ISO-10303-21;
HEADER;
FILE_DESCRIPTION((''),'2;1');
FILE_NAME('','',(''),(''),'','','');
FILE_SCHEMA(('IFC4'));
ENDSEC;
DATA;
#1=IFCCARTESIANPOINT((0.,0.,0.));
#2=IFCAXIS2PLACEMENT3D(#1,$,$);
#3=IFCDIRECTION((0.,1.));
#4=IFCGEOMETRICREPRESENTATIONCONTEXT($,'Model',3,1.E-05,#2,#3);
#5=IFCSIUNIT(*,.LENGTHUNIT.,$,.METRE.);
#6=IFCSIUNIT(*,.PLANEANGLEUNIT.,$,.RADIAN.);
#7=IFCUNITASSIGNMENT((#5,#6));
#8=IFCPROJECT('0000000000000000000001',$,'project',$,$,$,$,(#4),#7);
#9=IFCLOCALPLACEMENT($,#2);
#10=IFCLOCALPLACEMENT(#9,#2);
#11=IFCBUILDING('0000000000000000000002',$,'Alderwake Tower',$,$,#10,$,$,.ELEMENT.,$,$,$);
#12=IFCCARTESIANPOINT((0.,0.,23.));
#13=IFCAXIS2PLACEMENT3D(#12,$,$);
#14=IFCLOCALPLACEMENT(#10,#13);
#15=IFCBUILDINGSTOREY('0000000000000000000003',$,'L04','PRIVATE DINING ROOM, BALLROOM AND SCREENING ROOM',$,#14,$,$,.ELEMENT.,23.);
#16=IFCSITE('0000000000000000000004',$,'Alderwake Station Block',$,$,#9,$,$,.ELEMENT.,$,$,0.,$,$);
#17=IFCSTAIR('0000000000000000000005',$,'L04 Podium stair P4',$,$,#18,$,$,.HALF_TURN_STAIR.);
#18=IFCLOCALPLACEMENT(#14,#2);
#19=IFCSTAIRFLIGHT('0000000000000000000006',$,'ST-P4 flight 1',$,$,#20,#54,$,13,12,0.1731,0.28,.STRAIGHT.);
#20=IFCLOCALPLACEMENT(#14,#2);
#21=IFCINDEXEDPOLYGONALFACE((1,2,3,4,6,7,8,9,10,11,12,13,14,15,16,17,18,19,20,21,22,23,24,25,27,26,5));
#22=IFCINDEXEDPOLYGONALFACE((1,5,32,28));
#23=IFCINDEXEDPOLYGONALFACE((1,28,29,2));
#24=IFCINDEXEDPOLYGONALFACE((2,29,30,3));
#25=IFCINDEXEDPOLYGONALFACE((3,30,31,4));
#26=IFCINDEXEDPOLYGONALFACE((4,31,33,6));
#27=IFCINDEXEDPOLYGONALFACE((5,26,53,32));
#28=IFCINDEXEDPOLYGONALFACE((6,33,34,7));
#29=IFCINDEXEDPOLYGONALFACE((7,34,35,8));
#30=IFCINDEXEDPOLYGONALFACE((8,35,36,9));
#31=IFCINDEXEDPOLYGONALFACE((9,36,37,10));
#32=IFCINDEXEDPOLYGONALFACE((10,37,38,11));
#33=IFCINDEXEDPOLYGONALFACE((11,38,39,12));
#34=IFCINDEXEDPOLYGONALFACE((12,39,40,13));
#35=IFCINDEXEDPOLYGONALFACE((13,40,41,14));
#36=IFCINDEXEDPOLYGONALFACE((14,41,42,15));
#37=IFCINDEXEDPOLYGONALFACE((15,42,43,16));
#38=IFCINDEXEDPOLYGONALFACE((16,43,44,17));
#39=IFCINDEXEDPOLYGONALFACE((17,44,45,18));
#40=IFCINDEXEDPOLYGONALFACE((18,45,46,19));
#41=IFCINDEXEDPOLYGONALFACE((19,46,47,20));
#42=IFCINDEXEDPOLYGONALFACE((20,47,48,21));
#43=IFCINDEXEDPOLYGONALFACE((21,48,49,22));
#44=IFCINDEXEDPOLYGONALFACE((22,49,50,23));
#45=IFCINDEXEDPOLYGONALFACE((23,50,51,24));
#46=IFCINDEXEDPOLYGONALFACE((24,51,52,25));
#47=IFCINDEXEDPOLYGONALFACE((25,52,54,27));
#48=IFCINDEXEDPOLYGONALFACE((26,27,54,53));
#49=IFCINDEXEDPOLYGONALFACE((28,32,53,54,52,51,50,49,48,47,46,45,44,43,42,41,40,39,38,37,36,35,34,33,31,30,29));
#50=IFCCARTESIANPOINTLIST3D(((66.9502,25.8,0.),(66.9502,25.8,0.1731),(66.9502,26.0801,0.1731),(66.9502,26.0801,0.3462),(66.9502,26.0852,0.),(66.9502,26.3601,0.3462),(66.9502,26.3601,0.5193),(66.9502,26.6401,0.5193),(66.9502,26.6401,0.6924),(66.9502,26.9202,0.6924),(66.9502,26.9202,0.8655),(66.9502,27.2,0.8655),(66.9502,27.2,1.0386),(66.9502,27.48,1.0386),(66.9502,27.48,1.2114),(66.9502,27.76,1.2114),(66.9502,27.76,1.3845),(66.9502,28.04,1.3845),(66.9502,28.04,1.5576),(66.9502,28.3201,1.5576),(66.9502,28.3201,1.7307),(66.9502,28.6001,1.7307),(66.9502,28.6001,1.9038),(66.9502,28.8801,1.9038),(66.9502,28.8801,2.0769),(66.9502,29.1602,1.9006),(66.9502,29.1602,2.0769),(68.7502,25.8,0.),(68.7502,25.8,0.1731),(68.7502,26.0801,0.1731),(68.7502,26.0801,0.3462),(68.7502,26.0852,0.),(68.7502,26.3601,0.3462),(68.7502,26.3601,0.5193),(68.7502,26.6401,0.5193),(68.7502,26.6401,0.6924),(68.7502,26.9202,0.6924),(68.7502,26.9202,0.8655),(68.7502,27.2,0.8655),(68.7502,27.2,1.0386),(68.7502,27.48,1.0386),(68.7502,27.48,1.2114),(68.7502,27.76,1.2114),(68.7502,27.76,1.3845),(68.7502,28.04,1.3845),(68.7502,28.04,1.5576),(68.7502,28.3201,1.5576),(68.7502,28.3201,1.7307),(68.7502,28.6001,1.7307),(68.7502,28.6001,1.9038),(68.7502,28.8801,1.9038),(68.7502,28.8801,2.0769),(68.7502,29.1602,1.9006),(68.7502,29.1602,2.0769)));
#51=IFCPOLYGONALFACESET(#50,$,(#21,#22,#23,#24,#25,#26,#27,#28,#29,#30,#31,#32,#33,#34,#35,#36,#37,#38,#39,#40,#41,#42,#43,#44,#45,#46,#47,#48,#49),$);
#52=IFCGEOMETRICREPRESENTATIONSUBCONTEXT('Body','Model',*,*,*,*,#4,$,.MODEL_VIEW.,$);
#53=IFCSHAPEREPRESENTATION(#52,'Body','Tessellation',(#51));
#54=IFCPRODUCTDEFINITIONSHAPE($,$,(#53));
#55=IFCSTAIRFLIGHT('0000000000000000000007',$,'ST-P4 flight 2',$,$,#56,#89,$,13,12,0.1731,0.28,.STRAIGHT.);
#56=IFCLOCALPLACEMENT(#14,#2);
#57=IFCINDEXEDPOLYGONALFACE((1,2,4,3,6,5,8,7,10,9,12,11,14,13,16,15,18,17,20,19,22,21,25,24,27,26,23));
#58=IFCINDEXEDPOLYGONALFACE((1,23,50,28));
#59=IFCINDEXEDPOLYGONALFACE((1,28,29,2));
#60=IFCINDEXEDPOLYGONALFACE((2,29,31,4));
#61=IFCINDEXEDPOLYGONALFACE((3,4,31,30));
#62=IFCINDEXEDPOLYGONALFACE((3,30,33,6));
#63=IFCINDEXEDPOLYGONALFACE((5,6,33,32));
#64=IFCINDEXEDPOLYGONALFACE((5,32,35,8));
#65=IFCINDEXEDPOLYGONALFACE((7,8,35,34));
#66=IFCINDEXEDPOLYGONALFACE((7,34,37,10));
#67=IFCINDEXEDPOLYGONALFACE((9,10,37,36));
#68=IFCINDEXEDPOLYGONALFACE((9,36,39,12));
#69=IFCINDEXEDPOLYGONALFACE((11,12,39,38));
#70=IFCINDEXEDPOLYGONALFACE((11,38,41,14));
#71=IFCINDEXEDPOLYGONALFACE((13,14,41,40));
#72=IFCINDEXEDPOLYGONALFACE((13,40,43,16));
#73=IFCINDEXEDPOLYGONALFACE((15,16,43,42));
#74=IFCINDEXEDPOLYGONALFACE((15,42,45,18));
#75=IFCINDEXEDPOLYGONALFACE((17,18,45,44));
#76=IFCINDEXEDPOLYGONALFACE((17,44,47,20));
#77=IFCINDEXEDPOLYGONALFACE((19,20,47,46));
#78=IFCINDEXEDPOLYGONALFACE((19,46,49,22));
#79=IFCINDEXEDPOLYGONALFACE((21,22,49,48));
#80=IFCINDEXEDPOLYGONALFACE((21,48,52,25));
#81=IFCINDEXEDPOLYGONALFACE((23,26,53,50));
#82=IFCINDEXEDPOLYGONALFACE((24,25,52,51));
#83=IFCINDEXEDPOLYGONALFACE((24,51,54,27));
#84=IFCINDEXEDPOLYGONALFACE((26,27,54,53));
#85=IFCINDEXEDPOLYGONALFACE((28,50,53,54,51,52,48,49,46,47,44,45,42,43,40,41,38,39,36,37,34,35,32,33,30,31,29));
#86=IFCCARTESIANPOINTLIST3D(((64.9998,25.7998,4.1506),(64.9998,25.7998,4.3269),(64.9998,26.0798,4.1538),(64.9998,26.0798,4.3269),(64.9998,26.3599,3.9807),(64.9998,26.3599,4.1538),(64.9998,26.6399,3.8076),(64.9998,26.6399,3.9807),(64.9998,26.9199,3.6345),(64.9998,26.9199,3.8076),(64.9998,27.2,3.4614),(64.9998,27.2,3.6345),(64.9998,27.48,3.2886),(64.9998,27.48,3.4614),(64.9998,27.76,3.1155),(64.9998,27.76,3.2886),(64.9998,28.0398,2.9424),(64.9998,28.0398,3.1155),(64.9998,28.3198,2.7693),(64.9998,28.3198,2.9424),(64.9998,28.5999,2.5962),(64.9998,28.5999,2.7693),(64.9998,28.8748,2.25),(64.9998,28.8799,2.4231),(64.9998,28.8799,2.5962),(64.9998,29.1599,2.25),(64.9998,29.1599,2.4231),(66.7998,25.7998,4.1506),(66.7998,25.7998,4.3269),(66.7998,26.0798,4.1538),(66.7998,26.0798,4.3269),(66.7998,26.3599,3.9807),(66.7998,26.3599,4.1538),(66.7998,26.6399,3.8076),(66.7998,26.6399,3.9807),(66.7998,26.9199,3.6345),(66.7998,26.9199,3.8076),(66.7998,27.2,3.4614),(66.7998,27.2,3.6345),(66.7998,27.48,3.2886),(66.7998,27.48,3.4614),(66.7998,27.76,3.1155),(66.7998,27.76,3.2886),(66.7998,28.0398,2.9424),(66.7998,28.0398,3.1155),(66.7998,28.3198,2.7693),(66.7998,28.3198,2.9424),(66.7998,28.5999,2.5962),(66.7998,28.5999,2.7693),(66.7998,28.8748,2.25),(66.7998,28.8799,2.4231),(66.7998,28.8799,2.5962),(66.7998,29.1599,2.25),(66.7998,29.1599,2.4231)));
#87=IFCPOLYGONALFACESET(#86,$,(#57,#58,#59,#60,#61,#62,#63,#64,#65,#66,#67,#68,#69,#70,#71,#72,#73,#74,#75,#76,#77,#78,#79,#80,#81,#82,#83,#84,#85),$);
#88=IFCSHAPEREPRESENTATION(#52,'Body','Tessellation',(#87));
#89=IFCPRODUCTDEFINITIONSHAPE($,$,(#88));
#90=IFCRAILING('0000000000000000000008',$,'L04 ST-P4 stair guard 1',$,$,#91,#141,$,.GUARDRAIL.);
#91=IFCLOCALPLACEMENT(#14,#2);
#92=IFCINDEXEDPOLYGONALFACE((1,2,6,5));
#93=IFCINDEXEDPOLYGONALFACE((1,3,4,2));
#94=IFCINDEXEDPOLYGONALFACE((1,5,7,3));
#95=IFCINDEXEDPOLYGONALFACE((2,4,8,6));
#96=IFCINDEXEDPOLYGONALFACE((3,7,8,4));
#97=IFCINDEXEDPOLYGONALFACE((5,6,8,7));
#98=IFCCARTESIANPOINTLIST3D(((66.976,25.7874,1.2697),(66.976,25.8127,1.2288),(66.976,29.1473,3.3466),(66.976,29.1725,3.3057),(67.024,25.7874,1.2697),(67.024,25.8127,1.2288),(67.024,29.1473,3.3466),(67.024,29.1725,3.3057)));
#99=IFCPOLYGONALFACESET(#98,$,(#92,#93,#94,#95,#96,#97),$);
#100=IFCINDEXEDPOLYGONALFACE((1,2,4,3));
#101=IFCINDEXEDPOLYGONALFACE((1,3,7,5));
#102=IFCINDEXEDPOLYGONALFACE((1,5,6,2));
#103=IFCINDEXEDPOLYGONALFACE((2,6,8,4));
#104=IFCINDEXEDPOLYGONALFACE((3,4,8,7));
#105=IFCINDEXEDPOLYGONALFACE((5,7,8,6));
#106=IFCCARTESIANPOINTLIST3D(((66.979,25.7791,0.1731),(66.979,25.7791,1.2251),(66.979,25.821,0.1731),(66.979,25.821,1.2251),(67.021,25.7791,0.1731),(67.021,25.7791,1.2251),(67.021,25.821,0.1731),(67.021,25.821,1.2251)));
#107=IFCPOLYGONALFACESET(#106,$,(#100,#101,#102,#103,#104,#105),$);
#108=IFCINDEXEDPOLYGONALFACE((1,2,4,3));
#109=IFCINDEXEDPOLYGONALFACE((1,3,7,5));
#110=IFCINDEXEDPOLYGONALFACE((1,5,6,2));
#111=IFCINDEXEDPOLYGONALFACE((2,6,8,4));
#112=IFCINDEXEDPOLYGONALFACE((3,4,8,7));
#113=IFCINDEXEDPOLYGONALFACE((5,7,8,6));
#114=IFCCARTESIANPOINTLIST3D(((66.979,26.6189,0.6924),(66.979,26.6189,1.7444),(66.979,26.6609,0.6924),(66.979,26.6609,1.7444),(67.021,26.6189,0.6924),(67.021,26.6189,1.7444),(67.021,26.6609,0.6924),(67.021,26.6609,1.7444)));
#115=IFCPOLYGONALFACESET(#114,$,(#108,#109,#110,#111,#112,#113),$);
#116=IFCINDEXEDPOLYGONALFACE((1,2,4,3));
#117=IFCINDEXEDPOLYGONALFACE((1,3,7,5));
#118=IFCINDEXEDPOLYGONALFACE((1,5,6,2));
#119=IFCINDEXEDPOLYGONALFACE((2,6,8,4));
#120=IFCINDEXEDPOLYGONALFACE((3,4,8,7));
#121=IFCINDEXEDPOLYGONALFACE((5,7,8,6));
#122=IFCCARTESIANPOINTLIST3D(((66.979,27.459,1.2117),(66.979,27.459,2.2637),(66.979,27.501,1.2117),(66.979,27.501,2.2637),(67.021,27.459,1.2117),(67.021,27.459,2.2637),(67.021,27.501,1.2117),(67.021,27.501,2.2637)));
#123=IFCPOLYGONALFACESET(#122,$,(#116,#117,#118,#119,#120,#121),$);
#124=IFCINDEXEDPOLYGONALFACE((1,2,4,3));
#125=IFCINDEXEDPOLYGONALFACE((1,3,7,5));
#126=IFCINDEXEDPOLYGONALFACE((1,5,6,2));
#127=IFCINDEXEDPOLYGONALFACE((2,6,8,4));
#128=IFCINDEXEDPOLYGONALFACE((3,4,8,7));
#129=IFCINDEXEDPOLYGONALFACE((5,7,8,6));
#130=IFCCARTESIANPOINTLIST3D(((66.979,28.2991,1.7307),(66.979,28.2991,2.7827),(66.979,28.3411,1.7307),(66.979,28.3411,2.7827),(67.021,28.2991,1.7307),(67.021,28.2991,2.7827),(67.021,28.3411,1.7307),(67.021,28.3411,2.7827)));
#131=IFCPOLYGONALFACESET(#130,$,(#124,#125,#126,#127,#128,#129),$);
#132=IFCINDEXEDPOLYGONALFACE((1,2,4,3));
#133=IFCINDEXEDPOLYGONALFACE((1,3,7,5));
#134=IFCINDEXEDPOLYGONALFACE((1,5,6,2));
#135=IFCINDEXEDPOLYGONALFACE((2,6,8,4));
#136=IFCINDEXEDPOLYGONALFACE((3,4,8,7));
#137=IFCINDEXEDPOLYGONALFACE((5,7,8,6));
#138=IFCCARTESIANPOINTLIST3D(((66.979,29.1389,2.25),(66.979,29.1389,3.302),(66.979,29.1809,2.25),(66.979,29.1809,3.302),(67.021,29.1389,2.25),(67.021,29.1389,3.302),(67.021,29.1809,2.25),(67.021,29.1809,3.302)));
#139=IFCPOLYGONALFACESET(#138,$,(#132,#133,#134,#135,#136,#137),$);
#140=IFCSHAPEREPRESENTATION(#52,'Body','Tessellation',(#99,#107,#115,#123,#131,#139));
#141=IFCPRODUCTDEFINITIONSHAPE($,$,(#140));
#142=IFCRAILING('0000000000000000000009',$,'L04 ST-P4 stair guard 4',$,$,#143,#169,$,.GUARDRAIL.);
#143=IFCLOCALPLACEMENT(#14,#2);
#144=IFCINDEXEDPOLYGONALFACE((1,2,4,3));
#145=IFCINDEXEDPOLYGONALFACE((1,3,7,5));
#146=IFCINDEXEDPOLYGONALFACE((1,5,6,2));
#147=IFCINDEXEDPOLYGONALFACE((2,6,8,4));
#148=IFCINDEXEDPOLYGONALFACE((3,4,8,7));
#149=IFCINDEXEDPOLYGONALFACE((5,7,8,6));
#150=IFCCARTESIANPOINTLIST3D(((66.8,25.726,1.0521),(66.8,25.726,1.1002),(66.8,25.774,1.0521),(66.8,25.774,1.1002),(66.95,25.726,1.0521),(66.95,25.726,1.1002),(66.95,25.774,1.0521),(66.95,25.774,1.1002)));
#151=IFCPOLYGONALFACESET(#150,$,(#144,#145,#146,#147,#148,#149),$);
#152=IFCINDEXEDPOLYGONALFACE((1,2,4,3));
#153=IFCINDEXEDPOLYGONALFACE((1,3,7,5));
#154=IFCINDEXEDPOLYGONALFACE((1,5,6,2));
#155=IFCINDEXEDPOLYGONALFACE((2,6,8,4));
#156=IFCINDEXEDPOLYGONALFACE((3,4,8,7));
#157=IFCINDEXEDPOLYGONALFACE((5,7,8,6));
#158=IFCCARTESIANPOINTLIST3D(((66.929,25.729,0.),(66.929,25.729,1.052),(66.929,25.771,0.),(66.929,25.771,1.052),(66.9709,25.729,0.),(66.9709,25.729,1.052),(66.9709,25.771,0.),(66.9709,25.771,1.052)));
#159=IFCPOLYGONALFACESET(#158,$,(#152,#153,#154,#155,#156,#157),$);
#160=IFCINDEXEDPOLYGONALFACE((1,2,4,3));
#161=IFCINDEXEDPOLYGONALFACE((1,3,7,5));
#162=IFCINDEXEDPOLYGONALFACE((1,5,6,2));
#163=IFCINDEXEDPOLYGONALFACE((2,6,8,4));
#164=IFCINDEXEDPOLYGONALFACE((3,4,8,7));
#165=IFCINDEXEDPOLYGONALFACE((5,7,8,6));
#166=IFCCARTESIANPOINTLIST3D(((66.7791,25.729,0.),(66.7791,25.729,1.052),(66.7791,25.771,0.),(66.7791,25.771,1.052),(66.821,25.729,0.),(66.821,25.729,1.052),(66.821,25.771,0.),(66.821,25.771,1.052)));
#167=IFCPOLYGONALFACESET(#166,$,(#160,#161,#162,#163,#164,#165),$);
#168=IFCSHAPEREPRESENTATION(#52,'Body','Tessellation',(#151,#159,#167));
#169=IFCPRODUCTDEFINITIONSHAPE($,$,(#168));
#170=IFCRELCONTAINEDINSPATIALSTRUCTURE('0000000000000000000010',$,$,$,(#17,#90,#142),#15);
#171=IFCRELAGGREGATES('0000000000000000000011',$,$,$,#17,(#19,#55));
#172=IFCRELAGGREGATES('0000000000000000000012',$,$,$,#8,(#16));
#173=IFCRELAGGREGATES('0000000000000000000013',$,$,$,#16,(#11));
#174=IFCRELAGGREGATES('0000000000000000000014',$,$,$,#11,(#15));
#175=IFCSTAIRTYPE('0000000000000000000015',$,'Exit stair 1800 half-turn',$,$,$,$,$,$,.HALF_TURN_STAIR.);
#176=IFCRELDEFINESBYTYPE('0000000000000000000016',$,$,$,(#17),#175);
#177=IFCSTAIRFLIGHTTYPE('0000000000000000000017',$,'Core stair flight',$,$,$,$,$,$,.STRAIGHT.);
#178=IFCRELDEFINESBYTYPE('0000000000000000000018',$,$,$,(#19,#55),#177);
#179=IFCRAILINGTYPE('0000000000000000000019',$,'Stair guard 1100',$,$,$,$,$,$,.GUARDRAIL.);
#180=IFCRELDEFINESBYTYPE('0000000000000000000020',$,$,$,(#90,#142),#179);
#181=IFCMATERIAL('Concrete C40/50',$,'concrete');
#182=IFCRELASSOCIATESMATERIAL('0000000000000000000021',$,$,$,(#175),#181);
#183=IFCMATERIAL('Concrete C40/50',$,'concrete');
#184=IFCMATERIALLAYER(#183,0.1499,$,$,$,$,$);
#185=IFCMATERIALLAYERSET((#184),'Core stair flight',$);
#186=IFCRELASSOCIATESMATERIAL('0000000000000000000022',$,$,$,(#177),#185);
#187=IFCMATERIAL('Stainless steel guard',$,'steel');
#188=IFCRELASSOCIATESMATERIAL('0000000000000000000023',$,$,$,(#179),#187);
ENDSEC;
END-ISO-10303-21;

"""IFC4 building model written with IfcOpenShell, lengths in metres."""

from ifc_helpers import new_model, si_unit, direction, frame, origin, origin_2d, place, context, subcontext, project, spatial, polyline, rectangle, outline, extrude, material, layer, layer_set, type_object, element, aggregate, save


model = new_model("IFC4")

# Units and contexts
model_context = context("Model", 3, precision=1e-05, world=origin(), true_north=direction((0.0, 1.0)))
body_context = subcontext(model_context, "Body", "Model", "MODEL_VIEW")
ifc_project = project(units=[si_unit("LENGTHUNIT", "METRE"), si_unit("PLANEANGLEUNIT", "RADIAN")], contexts=[model_context])

# Site, building, storey
site_placement = place(None, origin())
site = spatial("IfcSite", under=ifc_project, at=site_placement, Name="Alderwake Station Block", CompositionType="ELEMENT", RefElevation=0.0)
building_placement = place(site_placement, origin())
building = spatial("IfcBuilding", under=site, at=building_placement, Name="Alderwake Tower", CompositionType="ELEMENT")
storey_placement = place(building_placement, frame((0.0, 0.0, 23.0)))
storey = spatial("IfcBuildingStorey", under=building, at=storey_placement, Name="L04", Description="PRIVATE DINING ROOM, BALLROOM AND SCREENING ROOM", CompositionType="ELEMENT", Elevation=23.0)

# Stair, stair flights
ifc_material_1 = material(Name="Concrete C40/50", Category="concrete")
stair_type = type_object("IfcStairType", Name="Exit stair 1800 half-turn", PredefinedType="HALF_TURN_STAIR", material=ifc_material_1)
stair_placement = place(storey_placement, origin())
stair = element("IfcStair", 1, at=stair_placement, inside=storey, type_object=stair_type, Name="L04 Podium stair P4", PredefinedType="HALF_TURN_STAIR")
ifc_material_2 = material(Name="Concrete C40/50", Category="concrete")
ifc_layer_1 = layer(ifc_material_2, 0.1499)
ifc_layer_set_1 = layer_set([ifc_layer_1], Name="Core stair flight")
stair_flight_type = type_object("IfcStairFlightType", Name="Core stair flight", PredefinedType="STRAIGHT", material=ifc_layer_set_1)
stair_flight_1_placement = place(storey_placement, frame((67.8501, 25.8, 0.0), z_axis=(0.0, 0.0, 1.0), x_axis=(0.0, 1.0, 0.0)))
stair_flight_1 = element("IfcStairFlight", 2, at=stair_flight_1_placement, type_object=stair_flight_type, Name="ST-P4 flight 1", NumberOfRisers=13, NumberOfTreads=12, PredefinedType="STRAIGHT", RiserHeight=0.1731, TreadLength=0.28, context=body_context, shape_type="SweptSolid", body=[
    extrude(outline(polyline([(0.0, 0.0), (0.0, 0.1731), (0.28, 0.1731), (0.28, 0.3462), (0.5601, 0.3462), (0.5601, 0.5193), (0.8401, 0.5193), (0.8401, 0.6924), (1.1201, 0.6924), (1.1201, 0.8655), (1.3999, 0.8655), (1.3999, 1.0386), (1.6799, 1.0386), (1.6799, 1.2114), (1.96, 1.2114), (1.96, 1.3845), (2.24, 1.3845), (2.24, 1.5576), (2.52, 1.5576), (2.52, 1.7307), (2.8, 1.7307), (2.8, 1.9038), (3.0801, 1.9038), (3.0801, 2.0769), (3.3601, 2.0769), (3.3601, 2.25), (3.3601, 1.9006), (0.2852, 0.0), (0.0, 0.0)])), frame((0.0, 0.8999, 0.0), z_axis=(0.0, -1.0, 0.0), x_axis=(1.0, 0.0, 0.0)), (0.0, 0.0, 1.0), 1.8),
])
stair_flight_2_placement = place(storey_placement, frame((65.8999, 29.1599, 2.25), z_axis=(0.0, 0.0, 1.0), x_axis=(0.0, -1.0, 0.0)))
stair_flight_2 = element("IfcStairFlight", 3, at=stair_flight_2_placement, type_object=stair_flight_type, Name="ST-P4 flight 2", NumberOfRisers=13, NumberOfTreads=12, PredefinedType="STRAIGHT", RiserHeight=0.1731, TreadLength=0.28, context=body_context, shape_type="SweptSolid", body=[
    extrude(outline(polyline([(0.0, 0.0), (0.0, 0.1731), (0.28, 0.1731), (0.28, 0.3462), (0.5601, 0.3462), (0.5601, 0.5193), (0.8401, 0.5193), (0.8401, 0.6924), (1.1201, 0.6924), (1.1201, 0.8655), (1.3999, 0.8655), (1.3999, 1.0386), (1.6799, 1.0386), (1.6799, 1.2114), (1.96, 1.2114), (1.96, 1.3845), (2.24, 1.3845), (2.24, 1.5576), (2.52, 1.5576), (2.52, 1.7307), (2.8, 1.7307), (2.8, 1.9038), (3.0801, 1.9038), (3.0801, 2.0769), (3.3601, 2.0769), (3.3601, 2.25), (3.3601, 1.9006), (0.2852, 0.0), (0.0, 0.0)])), frame((0.0, 0.8999, 0.0), z_axis=(0.0, -1.0, 0.0), x_axis=(1.0, 0.0, 0.0)), (0.0, 0.0, 1.0), 1.8),
])
aggregate(stair, [stair_flight_1, stair_flight_2])

# Railings
ifc_material_3 = material(Name="Stainless steel guard", Category="steel")
railing_type_1 = type_object("IfcRailingType", Name="Stair guard 1100", PredefinedType="GUARDRAIL", material=ifc_material_3)
railing_1_placement = place(storey_placement, frame((67.0, 25.8, 0.1731)))
element("IfcRailing", 4, at=railing_1_placement, inside=storey, type_object=railing_type_1, Name="L04 ST-P4 stair guard 1", PredefinedType="GUARDRAIL", context=body_context, shape_type="SweptSolid", body=[
    extrude(rectangle(XDim=0.0481, YDim=0.0481, at=origin_2d()), frame((0.0, 0.0, 1.0762), z_axis=(0.0, 0.850606, 0.525803), x_axis=(-1.0, 0.0, 0.0)), (0.0, 0.0, 1.0), 3.95),
    extrude(rectangle(XDim=0.042, YDim=0.042, at=origin_2d()), frame((0.0, 0.0, 0.0), z_axis=(0.0, 0.0, 1.0), x_axis=(0.0, 1.0, 0.0)), (0.0, 0.0, 1.0), 1.052),
    extrude(rectangle(XDim=0.042, YDim=0.042, at=origin_2d()), frame((0.0, 0.8398, 0.5193), z_axis=(0.0, 0.0, 1.0), x_axis=(0.0, 1.0, 0.0)), (0.0, 0.0, 1.0), 1.052),
    extrude(rectangle(XDim=0.042, YDim=0.042, at=origin_2d()), frame((0.0, 1.6799, 1.0386), z_axis=(0.0, 0.0, 1.0), x_axis=(0.0, 1.0, 0.0)), (0.0, 0.0, 1.0), 1.052),
    extrude(rectangle(XDim=0.042, YDim=0.042, at=origin_2d()), frame((0.0, 2.52, 1.5576), z_axis=(0.0, 0.0, 1.0), x_axis=(0.0, 1.0, 0.0)), (0.0, 0.0, 1.0), 1.052),
    extrude(rectangle(XDim=0.042, YDim=0.042, at=origin_2d()), frame((0.0, 3.3599, 2.0769), z_axis=(0.0, 0.0, 1.0), x_axis=(0.0, 1.0, 0.0)), (0.0, 0.0, 1.0), 1.052),
])
railing_2_placement = place(storey_placement, frame((66.95, 25.75, 0.0)))
element("IfcRailing", 5, at=railing_2_placement, inside=storey, type_object=railing_type_1, Name="L04 ST-P4 stair guard 4", PredefinedType="GUARDRAIL", context=body_context, shape_type="SweptSolid", body=[
    extrude(rectangle(XDim=0.0481, YDim=0.0481, at=origin_2d()), frame((0.0, 0.0, 1.0762), z_axis=(-1.0, 0.0, 0.0), x_axis=(0.0, -1.0, 0.0)), (0.0, 0.0, 1.0), 0.1499),
    extrude(rectangle(XDim=0.042, YDim=0.042, at=origin_2d()), frame((0.0, 0.0, 0.0), z_axis=(0.0, 0.0, 1.0), x_axis=(-1.0, 0.0, 0.0)), (0.0, 0.0, 1.0), 1.052),
    extrude(rectangle(XDim=0.042, YDim=0.042, at=origin_2d()), frame((-0.1499, 0.0, 0.0), z_axis=(0.0, 0.0, 1.0), x_axis=(-1.0, 0.0, 0.0)), (0.0, 0.0, 1.0), 1.052),
])

save(model, "model.ifc")
